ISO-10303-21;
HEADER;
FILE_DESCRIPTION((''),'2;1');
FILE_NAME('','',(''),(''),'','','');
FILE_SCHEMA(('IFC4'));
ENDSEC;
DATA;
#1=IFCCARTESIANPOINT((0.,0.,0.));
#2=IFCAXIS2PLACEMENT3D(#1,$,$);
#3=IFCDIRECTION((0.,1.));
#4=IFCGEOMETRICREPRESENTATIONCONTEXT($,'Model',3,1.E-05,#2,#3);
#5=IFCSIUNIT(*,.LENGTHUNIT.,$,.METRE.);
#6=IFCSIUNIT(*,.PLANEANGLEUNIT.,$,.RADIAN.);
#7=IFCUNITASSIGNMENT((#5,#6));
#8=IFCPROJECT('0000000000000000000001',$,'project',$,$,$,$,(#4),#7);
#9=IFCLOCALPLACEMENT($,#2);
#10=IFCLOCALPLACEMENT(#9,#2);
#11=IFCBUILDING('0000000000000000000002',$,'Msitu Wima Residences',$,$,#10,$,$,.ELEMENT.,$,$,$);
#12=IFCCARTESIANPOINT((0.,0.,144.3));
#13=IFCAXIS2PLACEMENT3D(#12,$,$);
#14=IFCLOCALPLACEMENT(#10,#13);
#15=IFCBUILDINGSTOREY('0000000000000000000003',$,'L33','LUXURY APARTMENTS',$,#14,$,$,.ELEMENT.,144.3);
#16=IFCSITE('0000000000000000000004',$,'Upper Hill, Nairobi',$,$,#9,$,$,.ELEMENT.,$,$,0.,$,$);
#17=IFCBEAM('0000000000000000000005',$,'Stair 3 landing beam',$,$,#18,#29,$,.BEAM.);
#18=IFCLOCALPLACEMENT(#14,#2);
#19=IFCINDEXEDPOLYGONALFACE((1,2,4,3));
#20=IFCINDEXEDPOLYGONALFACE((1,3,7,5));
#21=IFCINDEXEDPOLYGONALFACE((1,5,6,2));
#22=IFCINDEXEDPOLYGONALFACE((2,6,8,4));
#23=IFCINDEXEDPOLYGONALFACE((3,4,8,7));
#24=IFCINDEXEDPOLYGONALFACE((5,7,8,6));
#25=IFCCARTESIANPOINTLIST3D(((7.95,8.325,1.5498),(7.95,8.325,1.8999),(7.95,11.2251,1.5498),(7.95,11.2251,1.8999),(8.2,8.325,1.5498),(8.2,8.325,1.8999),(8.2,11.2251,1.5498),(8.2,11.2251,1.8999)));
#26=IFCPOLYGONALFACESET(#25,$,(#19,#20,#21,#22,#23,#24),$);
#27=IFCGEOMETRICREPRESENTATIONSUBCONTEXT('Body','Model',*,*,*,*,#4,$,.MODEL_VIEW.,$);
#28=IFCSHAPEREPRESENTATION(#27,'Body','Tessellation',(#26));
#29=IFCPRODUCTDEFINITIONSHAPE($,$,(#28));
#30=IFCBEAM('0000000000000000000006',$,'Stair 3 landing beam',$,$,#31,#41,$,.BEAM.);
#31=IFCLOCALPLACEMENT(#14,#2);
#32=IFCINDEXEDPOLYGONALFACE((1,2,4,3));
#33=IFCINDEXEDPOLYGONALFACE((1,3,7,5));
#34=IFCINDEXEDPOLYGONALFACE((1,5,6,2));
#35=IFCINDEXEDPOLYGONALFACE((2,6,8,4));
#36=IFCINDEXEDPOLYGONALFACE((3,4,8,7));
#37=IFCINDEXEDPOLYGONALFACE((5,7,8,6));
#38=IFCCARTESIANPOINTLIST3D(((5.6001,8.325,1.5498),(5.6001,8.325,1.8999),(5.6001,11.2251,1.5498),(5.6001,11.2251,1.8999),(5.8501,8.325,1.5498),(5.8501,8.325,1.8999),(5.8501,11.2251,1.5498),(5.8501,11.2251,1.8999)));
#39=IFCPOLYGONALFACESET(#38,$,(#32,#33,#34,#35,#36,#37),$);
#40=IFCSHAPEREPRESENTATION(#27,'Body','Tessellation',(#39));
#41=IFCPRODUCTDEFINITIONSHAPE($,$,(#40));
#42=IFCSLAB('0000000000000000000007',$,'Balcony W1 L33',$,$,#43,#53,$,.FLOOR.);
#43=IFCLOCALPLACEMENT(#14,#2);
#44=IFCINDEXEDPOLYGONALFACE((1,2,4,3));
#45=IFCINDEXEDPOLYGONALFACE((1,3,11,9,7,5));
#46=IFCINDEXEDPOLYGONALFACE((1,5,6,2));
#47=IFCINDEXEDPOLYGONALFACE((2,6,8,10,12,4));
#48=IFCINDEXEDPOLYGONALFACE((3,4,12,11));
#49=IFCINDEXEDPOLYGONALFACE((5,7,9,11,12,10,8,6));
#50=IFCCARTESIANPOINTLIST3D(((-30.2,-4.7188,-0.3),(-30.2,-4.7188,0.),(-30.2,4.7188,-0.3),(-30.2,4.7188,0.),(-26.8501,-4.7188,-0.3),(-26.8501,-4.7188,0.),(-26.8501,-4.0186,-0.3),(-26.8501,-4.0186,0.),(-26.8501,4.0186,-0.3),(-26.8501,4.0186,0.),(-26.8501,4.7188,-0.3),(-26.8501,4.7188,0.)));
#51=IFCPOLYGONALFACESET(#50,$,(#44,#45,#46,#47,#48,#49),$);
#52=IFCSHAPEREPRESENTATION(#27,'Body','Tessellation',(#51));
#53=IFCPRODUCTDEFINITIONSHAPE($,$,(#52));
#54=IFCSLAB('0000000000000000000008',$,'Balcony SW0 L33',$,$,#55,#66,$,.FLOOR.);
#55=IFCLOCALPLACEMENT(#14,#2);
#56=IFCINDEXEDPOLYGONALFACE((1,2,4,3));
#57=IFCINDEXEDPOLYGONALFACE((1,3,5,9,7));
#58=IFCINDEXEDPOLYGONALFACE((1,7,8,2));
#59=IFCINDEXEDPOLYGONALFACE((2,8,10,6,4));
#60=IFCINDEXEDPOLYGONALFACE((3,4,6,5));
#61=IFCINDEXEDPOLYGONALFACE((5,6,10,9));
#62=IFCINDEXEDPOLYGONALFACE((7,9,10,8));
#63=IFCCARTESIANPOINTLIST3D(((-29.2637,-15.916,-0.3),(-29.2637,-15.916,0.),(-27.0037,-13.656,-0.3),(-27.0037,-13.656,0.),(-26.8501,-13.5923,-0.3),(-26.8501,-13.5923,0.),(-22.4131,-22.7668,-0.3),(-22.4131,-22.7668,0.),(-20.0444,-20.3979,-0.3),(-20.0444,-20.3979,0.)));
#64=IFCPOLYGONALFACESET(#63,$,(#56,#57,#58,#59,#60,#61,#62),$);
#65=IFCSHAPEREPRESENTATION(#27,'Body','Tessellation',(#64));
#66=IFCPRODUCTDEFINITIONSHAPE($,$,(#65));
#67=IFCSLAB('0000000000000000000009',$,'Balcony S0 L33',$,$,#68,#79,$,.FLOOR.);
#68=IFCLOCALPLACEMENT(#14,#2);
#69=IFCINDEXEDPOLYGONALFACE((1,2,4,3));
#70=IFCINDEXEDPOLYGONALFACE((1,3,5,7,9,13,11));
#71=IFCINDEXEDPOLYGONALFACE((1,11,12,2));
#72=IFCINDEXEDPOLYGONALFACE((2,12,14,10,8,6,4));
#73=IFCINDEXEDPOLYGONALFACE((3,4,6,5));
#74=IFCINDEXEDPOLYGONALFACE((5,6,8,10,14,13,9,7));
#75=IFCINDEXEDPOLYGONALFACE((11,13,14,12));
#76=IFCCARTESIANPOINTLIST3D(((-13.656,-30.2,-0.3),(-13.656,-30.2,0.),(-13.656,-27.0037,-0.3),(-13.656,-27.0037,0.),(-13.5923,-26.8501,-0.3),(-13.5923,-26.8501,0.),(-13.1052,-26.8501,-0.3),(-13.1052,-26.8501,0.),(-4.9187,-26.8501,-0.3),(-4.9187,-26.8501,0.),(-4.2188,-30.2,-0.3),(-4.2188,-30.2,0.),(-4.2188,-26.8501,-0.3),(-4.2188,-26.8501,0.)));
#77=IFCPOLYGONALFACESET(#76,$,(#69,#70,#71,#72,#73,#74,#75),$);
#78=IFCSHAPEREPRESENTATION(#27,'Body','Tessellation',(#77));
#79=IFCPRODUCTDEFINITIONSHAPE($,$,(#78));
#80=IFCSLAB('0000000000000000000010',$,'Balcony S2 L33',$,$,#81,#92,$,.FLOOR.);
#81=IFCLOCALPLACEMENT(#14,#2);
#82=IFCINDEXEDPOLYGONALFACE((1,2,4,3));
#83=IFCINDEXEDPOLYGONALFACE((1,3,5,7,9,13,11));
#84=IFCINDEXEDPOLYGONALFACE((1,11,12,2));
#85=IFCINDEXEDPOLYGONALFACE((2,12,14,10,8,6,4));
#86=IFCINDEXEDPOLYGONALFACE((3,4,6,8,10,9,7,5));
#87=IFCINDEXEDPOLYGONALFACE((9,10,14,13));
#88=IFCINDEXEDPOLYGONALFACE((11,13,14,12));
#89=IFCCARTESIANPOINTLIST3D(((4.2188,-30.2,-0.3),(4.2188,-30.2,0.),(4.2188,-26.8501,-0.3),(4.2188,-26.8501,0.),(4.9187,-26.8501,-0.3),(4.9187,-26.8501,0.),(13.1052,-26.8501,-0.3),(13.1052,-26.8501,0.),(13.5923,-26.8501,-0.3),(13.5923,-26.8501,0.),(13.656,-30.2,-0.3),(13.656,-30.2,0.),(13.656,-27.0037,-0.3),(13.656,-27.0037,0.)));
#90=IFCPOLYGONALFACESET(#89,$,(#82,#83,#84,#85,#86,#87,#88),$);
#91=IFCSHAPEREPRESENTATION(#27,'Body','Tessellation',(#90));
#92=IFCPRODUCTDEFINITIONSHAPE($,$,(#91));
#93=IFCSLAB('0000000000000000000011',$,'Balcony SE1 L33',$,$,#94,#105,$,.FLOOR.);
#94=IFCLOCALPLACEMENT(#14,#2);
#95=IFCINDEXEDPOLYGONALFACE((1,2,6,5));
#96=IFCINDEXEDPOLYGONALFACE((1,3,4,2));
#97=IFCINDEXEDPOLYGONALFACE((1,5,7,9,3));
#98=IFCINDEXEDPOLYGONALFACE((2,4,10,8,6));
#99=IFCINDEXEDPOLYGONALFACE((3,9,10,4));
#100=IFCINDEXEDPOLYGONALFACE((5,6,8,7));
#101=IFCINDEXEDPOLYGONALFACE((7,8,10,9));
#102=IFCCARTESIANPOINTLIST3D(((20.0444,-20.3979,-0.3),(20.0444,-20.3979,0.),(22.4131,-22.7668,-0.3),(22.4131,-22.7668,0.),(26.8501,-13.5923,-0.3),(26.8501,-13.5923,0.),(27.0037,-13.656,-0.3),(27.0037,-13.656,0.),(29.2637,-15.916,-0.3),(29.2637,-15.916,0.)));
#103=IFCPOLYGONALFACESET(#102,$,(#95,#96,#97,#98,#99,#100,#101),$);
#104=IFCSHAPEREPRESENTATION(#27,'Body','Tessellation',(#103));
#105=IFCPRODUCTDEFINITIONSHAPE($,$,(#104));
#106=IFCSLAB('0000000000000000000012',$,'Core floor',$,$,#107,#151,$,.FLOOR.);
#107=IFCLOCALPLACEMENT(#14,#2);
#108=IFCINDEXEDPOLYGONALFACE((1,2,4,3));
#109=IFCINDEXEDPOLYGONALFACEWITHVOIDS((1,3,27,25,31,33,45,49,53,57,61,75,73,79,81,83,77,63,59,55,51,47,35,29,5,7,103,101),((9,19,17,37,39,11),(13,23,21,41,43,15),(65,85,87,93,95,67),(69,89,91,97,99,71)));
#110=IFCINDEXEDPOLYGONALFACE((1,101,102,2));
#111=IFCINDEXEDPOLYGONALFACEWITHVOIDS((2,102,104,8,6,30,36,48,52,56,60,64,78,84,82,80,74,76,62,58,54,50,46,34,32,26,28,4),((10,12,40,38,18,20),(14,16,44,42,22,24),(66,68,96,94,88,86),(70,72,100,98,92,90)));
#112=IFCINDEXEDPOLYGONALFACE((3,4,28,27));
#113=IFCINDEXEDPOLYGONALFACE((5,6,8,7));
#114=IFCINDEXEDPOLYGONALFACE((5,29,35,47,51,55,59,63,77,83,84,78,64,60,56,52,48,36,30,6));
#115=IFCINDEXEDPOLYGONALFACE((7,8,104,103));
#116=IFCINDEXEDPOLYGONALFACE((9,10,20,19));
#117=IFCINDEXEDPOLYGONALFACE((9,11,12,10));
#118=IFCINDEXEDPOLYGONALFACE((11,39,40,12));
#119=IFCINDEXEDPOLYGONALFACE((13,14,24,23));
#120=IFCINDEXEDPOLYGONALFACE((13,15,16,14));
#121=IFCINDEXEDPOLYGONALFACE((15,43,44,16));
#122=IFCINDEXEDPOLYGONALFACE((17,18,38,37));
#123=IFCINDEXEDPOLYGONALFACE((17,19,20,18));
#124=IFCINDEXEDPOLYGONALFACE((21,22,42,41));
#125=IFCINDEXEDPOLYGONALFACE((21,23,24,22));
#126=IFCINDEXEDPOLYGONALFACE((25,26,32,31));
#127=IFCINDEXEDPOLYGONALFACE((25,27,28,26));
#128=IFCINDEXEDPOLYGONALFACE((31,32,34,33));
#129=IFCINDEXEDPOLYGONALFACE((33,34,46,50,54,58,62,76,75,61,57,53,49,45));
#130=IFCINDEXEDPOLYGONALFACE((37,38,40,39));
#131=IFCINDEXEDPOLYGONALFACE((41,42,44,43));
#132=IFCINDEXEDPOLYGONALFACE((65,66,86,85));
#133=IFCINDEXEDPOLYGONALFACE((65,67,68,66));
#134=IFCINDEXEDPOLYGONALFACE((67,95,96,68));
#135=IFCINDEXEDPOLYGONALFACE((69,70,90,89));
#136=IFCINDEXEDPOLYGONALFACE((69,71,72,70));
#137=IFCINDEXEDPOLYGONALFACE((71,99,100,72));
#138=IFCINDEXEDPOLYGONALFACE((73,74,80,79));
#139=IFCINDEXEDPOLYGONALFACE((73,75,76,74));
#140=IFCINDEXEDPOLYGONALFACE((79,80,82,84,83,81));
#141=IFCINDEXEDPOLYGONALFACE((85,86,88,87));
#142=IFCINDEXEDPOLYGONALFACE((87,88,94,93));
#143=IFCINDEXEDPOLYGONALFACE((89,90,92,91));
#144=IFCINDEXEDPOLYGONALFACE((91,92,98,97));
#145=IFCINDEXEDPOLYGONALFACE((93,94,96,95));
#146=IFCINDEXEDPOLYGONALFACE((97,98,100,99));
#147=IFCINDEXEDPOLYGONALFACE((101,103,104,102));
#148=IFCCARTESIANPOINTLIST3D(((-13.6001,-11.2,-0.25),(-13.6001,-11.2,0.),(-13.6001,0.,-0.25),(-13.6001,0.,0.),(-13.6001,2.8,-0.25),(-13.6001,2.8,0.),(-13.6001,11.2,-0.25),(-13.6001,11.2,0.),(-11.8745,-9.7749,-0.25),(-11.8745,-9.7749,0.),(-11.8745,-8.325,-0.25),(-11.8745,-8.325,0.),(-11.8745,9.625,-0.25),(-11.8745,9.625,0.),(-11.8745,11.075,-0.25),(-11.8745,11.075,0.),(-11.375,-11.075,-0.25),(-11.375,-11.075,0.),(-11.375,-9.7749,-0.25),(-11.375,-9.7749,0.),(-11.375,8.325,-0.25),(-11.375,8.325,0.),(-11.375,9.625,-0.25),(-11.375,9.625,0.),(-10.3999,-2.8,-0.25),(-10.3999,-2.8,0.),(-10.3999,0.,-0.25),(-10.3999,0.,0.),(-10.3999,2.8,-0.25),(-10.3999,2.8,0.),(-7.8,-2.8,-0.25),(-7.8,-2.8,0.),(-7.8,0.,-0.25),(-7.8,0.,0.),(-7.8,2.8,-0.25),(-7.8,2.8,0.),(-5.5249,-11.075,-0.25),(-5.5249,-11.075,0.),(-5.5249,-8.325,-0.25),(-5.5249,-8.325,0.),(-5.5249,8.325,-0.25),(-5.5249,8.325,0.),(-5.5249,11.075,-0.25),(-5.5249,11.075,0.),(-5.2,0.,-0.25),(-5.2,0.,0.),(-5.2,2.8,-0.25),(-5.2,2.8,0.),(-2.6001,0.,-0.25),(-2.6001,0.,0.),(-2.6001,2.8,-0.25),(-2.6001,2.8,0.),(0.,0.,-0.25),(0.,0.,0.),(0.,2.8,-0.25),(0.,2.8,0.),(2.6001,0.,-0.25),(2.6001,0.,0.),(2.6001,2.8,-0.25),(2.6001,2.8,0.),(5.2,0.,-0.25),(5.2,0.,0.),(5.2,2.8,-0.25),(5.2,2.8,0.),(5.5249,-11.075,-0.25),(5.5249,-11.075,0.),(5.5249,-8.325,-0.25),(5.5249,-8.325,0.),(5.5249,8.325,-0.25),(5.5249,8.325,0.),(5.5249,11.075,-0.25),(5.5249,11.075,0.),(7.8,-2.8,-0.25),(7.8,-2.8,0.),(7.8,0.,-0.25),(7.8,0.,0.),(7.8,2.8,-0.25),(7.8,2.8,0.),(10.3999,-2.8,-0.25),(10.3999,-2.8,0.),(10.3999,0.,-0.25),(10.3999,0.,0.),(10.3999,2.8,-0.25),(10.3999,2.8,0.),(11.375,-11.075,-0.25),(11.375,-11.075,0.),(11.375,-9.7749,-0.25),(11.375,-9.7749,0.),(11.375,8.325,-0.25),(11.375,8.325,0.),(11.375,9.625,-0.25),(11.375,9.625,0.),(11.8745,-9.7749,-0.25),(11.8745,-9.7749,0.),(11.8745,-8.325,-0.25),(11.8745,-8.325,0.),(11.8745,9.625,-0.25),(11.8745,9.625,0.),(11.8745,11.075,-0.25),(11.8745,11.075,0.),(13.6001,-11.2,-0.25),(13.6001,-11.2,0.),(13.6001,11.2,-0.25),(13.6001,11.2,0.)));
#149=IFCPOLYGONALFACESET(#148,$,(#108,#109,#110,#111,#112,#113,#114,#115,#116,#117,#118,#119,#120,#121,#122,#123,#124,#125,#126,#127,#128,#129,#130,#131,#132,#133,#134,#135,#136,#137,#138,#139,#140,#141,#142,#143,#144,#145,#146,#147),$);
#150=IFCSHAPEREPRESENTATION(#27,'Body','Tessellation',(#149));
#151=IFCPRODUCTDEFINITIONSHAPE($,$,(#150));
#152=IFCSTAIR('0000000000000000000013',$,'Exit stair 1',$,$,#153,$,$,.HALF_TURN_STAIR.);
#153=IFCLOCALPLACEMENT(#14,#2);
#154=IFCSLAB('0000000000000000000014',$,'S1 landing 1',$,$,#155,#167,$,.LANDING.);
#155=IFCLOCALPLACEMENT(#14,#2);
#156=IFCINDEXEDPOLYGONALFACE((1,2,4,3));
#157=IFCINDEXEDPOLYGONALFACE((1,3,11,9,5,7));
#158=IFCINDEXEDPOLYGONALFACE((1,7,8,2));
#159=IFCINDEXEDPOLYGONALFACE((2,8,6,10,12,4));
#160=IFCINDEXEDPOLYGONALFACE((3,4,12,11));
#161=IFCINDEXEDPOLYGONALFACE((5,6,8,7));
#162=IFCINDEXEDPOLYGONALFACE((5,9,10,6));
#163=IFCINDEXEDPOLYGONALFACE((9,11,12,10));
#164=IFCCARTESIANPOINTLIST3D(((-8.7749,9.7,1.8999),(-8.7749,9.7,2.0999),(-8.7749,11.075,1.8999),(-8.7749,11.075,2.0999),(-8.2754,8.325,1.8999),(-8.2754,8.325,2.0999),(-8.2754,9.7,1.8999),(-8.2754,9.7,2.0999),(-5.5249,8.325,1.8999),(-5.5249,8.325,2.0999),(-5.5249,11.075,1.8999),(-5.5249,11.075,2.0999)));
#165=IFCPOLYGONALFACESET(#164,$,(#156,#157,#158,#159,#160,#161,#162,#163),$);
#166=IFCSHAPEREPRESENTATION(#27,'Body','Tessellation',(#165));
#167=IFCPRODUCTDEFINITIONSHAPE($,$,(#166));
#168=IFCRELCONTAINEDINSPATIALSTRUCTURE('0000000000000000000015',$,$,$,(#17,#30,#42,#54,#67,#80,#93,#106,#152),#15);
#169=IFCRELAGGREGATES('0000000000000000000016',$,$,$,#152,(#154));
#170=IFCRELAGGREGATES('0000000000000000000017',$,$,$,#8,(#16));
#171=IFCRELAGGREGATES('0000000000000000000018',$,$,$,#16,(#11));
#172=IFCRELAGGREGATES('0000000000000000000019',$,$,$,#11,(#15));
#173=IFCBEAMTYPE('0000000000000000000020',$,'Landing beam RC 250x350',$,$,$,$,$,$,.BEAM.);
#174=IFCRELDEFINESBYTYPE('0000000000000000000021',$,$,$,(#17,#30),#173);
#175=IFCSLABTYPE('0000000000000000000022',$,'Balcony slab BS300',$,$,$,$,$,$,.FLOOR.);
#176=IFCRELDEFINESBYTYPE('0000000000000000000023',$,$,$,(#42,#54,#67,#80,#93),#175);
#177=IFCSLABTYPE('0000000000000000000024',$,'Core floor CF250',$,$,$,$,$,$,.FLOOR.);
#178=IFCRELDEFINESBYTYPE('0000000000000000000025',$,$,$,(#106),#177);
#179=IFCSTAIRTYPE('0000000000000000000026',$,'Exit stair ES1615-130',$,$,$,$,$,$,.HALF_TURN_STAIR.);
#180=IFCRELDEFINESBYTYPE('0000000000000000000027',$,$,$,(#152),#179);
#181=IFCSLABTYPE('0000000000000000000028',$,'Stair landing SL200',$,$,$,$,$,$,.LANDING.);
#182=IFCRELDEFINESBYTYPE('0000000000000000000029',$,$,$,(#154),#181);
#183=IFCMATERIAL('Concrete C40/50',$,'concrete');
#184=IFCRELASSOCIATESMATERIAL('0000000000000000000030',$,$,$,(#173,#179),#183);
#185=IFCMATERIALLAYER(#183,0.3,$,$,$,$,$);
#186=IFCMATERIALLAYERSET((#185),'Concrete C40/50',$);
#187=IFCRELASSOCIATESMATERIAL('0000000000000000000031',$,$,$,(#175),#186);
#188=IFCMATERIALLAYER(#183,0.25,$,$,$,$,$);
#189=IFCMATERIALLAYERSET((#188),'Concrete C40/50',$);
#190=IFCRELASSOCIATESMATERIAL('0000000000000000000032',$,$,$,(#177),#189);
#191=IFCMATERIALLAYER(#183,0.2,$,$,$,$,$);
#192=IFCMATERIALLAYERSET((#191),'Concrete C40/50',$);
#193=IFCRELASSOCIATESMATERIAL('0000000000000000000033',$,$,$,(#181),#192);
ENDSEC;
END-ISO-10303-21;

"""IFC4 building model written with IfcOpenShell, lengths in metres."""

from ifc_helpers import new_model, si_unit, direction, frame, origin, origin_2d, place, context, subcontext, project, spatial, polyline, rectangle, outline, extrude, material, layer, layer_set, material_profile, profile_set, type_object, element, aggregate, save


model = new_model("IFC4")

# Units and contexts
model_context = context("Model", 3, precision=1e-05, world=origin(), true_north=direction((0.0, 1.0)))
body_context = subcontext(model_context, "Body", "Model", "MODEL_VIEW")
ifc_project = project(units=[si_unit("LENGTHUNIT", "METRE"), si_unit("PLANEANGLEUNIT", "RADIAN")], contexts=[model_context])

# Site, building, storey
site_placement = place(None, origin())
site = spatial("IfcSite", under=ifc_project, at=site_placement, Name="Upper Hill, Nairobi", CompositionType="ELEMENT", RefElevation=0.0)
building_placement = place(site_placement, origin())
building = spatial("IfcBuilding", under=site, at=building_placement, Name="Msitu Wima Residences", CompositionType="ELEMENT")
storey_placement = place(building_placement, frame((0.0, 0.0, 144.3)))
storey = spatial("IfcBuildingStorey", under=building, at=storey_placement, Name="L33", Description="LUXURY APARTMENTS", CompositionType="ELEMENT", Elevation=144.3)

# Beams
ifc_material_1 = material(Name="Concrete C40/50", Category="concrete")
ifc_material_profile = material_profile(ifc_material_1, rectangle(XDim=0.25, YDim=0.3501, at=origin_2d()), Name="RC 250x350")
ifc_profile_set = profile_set([ifc_material_profile], Name="Concrete C40/50")
beam_type = type_object("IfcBeamType", Name="Landing beam RC 250x350", PredefinedType="BEAM", material=ifc_profile_set)
for number, where, z_axis, x_axis, name in (
    (1, (8.075, 8.325, 1.7249), (0.0, 1.0, 0.0), (-1.0, 0.0, 0.0), "Stair 3 landing beam"),
    (2, (5.7251, 8.325, 1.7249), (0.0, 1.0, 0.0), (-1.0, 0.0, 0.0), "Stair 3 landing beam"),
):
    element("IfcBeam", number, at=place(storey_placement, frame(where, z_axis=z_axis, x_axis=x_axis)), inside=storey, type_object=beam_type, Name=name, PredefinedType="BEAM", context=body_context, shape_type="SweptSolid", body=[
        extrude(rectangle(XDim=0.25, YDim=0.3501, at=origin_2d()), origin(), (0.0, 0.0, 1.0), 2.9001),
    ])

# Slabs
ifc_layer_1 = layer(ifc_material_1, 0.3)
ifc_layer_set_1 = layer_set([ifc_layer_1], Name="Concrete C40/50")
slab_type_1 = type_object("IfcSlabType", Name="Balcony slab BS300", PredefinedType="FLOOR", material=ifc_layer_set_1)
slab_1_placement = place(storey_placement, frame((0.0, 0.0, -0.3)))
element("IfcSlab", 3, at=slab_1_placement, inside=storey, type_object=slab_type_1, Name="Balcony W1 L33", PredefinedType="FLOOR", context=body_context, shape_type="SweptSolid", body=[
    extrude(outline(polyline([(-26.8501, -4.0186), (-26.8501, -4.0186), (-26.8501, -4.7188), (-30.2, -4.7188), (-30.2, 4.7188), (-26.8501, 4.7188), (-26.8501, 4.0186), (-26.8501, 4.0186), (-26.8501, -4.0186)])), origin(), (0.0, 0.0, 1.0), 0.3),
])
slab_2_placement = place(storey_placement, frame((0.0, 0.0, -0.3)))
element("IfcSlab", 4, at=slab_2_placement, inside=storey, type_object=slab_type_1, Name="Balcony SW0 L33", PredefinedType="FLOOR", context=body_context, shape_type="SweptSolid", body=[
    extrude(outline(polyline([(-22.4131, -22.7668), (-29.2637, -15.916), (-27.0037, -13.656), (-26.8501, -13.5923), (-20.0444, -20.3979), (-22.4131, -22.7668)])), origin(), (0.0, 0.0, 1.0), 0.3),
])
slab_3_placement = place(storey_placement, frame((0.0, 0.0, -0.3)))
element("IfcSlab", 5, at=slab_3_placement, inside=storey, type_object=slab_type_1, Name="Balcony S0 L33", PredefinedType="FLOOR", context=body_context, shape_type="SweptSolid", body=[
    extrude(outline(polyline([(-13.1052, -26.8501), (-13.1052, -26.8501), (-4.9187, -26.8501), (-4.9187, -26.8501), (-4.2188, -26.8501), (-4.2188, -30.2), (-13.656, -30.2), (-13.656, -27.0037), (-13.5923, -26.8501), (-13.1052, -26.8501), (-13.1052, -26.8501)])), origin(), (0.0, 0.0, 1.0), 0.3),
])
slab_4_placement = place(storey_placement, frame((0.0, 0.0, -0.3)))
element("IfcSlab", 6, at=slab_4_placement, inside=storey, type_object=slab_type_1, Name="Balcony S2 L33", PredefinedType="FLOOR", context=body_context, shape_type="SweptSolid", body=[
    extrude(outline(polyline([(13.1052, -26.8501), (13.1052, -26.8501), (13.5923, -26.8501), (13.656, -27.0037), (13.656, -30.2), (4.2188, -30.2), (4.2188, -26.8501), (4.9187, -26.8501), (4.9187, -26.8501), (13.1052, -26.8501), (13.1052, -26.8501)])), origin(), (0.0, 0.0, 1.0), 0.3),
])
slab_5_placement = place(storey_placement, frame((0.0, 0.0, -0.3)))
element("IfcSlab", 7, at=slab_5_placement, inside=storey, type_object=slab_type_1, Name="Balcony SE1 L33", PredefinedType="FLOOR", context=body_context, shape_type="SweptSolid", body=[
    extrude(outline(polyline([(29.2637, -15.916), (22.4131, -22.7668), (20.0444, -20.3979), (26.8501, -13.5923), (27.0037, -13.656), (29.2637, -15.916)])), origin(), (0.0, 0.0, 1.0), 0.3),
])
ifc_layer_2 = layer(ifc_material_1, 0.25)
ifc_layer_set_2 = layer_set([ifc_layer_2], Name="Concrete C40/50")
slab_type_2 = type_object("IfcSlabType", Name="Core floor CF250", PredefinedType="FLOOR", material=ifc_layer_set_2)
slab_6_placement = place(storey_placement, frame((0.0, 0.0, -0.25)))
element("IfcSlab", 8, at=slab_6_placement, inside=storey, type_object=slab_type_2, Name="Core floor", PredefinedType="FLOOR", context=body_context, shape_type="SweptSolid", body=[
    extrude(outline(polyline([(-13.6001, 11.2), (-13.6001, 2.8), (-10.3999, 2.8), (-7.8, 2.8), (-5.2, 2.8), (-2.6001, 2.8), (0.0, 2.8), (2.6001, 2.8), (5.2, 2.8), (7.8, 2.8), (10.3999, 2.8), (10.3999, 0.0), (10.3999, -2.8), (7.8, -2.8), (7.8, 0.0), (5.2, 0.0), (2.6001, 0.0), (0.0, 0.0), (-2.6001, 0.0), (-5.2, 0.0), (-7.8, 0.0), (-7.8, -2.8), (-10.3999, -2.8), (-10.3999, 0.0), (-13.6001, 0.0), (-13.6001, -11.2), (13.6001, -11.2), (13.6001, 11.2), (-13.6001, 11.2)]), holes=[polyline([(-11.375, -11.075), (-11.375, -9.7749), (-11.8745, -9.7749), (-11.8745, -8.325), (-5.5249, -8.325), (-5.5249, -11.075), (-11.375, -11.075)]), polyline([(-11.375, 9.625), (-11.8745, 9.625), (-11.8745, 11.075), (-5.5249, 11.075), (-5.5249, 8.325), (-11.375, 8.325), (-11.375, 9.625)]), polyline([(11.375, -9.7749), (11.375, -11.075), (5.5249, -11.075), (5.5249, -8.325), (11.8745, -8.325), (11.8745, -9.7749), (11.375, -9.7749)]), polyline([(11.375, 9.625), (11.375, 8.325), (5.5249, 8.325), (5.5249, 11.075), (11.8745, 11.075), (11.8745, 9.625), (11.375, 9.625)])]), origin(), (0.0, 0.0, 1.0), 0.25),
])

# Stair, slab
stair_type = type_object("IfcStairType", Name="Exit stair ES1615-130", PredefinedType="HALF_TURN_STAIR", material=ifc_material_1)
stair_1_placement = place(storey_placement, origin())
stair_1 = element("IfcStair", 9, at=stair_1_placement, inside=storey, type_object=stair_type, Name="Exit stair 1", PredefinedType="HALF_TURN_STAIR")
ifc_layer_3 = layer(ifc_material_1, 0.2)
ifc_layer_set_3 = layer_set([ifc_layer_3], Name="Concrete C40/50")
slab_type_3 = type_object("IfcSlabType", Name="Stair landing SL200", PredefinedType="LANDING", material=ifc_layer_set_3)
slab_7_placement = place(storey_placement, frame((0.0, 0.0, 1.8999)))
slab_7 = element("IfcSlab", 10, at=slab_7_placement, type_object=slab_type_3, Name="S1 landing 1", PredefinedType="LANDING", context=body_context, shape_type="SweptSolid", body=[
    extrude(outline(polyline([(-5.5249, 8.325), (-8.2754, 8.325), (-8.2754, 9.7), (-8.7749, 9.7), (-8.7749, 11.075), (-5.5249, 11.075), (-5.5249, 8.325)])), origin(), (0.0, 0.0, 1.0), 0.2),
])
aggregate(stair_1, [slab_7])

save(model, "model.ifc")
